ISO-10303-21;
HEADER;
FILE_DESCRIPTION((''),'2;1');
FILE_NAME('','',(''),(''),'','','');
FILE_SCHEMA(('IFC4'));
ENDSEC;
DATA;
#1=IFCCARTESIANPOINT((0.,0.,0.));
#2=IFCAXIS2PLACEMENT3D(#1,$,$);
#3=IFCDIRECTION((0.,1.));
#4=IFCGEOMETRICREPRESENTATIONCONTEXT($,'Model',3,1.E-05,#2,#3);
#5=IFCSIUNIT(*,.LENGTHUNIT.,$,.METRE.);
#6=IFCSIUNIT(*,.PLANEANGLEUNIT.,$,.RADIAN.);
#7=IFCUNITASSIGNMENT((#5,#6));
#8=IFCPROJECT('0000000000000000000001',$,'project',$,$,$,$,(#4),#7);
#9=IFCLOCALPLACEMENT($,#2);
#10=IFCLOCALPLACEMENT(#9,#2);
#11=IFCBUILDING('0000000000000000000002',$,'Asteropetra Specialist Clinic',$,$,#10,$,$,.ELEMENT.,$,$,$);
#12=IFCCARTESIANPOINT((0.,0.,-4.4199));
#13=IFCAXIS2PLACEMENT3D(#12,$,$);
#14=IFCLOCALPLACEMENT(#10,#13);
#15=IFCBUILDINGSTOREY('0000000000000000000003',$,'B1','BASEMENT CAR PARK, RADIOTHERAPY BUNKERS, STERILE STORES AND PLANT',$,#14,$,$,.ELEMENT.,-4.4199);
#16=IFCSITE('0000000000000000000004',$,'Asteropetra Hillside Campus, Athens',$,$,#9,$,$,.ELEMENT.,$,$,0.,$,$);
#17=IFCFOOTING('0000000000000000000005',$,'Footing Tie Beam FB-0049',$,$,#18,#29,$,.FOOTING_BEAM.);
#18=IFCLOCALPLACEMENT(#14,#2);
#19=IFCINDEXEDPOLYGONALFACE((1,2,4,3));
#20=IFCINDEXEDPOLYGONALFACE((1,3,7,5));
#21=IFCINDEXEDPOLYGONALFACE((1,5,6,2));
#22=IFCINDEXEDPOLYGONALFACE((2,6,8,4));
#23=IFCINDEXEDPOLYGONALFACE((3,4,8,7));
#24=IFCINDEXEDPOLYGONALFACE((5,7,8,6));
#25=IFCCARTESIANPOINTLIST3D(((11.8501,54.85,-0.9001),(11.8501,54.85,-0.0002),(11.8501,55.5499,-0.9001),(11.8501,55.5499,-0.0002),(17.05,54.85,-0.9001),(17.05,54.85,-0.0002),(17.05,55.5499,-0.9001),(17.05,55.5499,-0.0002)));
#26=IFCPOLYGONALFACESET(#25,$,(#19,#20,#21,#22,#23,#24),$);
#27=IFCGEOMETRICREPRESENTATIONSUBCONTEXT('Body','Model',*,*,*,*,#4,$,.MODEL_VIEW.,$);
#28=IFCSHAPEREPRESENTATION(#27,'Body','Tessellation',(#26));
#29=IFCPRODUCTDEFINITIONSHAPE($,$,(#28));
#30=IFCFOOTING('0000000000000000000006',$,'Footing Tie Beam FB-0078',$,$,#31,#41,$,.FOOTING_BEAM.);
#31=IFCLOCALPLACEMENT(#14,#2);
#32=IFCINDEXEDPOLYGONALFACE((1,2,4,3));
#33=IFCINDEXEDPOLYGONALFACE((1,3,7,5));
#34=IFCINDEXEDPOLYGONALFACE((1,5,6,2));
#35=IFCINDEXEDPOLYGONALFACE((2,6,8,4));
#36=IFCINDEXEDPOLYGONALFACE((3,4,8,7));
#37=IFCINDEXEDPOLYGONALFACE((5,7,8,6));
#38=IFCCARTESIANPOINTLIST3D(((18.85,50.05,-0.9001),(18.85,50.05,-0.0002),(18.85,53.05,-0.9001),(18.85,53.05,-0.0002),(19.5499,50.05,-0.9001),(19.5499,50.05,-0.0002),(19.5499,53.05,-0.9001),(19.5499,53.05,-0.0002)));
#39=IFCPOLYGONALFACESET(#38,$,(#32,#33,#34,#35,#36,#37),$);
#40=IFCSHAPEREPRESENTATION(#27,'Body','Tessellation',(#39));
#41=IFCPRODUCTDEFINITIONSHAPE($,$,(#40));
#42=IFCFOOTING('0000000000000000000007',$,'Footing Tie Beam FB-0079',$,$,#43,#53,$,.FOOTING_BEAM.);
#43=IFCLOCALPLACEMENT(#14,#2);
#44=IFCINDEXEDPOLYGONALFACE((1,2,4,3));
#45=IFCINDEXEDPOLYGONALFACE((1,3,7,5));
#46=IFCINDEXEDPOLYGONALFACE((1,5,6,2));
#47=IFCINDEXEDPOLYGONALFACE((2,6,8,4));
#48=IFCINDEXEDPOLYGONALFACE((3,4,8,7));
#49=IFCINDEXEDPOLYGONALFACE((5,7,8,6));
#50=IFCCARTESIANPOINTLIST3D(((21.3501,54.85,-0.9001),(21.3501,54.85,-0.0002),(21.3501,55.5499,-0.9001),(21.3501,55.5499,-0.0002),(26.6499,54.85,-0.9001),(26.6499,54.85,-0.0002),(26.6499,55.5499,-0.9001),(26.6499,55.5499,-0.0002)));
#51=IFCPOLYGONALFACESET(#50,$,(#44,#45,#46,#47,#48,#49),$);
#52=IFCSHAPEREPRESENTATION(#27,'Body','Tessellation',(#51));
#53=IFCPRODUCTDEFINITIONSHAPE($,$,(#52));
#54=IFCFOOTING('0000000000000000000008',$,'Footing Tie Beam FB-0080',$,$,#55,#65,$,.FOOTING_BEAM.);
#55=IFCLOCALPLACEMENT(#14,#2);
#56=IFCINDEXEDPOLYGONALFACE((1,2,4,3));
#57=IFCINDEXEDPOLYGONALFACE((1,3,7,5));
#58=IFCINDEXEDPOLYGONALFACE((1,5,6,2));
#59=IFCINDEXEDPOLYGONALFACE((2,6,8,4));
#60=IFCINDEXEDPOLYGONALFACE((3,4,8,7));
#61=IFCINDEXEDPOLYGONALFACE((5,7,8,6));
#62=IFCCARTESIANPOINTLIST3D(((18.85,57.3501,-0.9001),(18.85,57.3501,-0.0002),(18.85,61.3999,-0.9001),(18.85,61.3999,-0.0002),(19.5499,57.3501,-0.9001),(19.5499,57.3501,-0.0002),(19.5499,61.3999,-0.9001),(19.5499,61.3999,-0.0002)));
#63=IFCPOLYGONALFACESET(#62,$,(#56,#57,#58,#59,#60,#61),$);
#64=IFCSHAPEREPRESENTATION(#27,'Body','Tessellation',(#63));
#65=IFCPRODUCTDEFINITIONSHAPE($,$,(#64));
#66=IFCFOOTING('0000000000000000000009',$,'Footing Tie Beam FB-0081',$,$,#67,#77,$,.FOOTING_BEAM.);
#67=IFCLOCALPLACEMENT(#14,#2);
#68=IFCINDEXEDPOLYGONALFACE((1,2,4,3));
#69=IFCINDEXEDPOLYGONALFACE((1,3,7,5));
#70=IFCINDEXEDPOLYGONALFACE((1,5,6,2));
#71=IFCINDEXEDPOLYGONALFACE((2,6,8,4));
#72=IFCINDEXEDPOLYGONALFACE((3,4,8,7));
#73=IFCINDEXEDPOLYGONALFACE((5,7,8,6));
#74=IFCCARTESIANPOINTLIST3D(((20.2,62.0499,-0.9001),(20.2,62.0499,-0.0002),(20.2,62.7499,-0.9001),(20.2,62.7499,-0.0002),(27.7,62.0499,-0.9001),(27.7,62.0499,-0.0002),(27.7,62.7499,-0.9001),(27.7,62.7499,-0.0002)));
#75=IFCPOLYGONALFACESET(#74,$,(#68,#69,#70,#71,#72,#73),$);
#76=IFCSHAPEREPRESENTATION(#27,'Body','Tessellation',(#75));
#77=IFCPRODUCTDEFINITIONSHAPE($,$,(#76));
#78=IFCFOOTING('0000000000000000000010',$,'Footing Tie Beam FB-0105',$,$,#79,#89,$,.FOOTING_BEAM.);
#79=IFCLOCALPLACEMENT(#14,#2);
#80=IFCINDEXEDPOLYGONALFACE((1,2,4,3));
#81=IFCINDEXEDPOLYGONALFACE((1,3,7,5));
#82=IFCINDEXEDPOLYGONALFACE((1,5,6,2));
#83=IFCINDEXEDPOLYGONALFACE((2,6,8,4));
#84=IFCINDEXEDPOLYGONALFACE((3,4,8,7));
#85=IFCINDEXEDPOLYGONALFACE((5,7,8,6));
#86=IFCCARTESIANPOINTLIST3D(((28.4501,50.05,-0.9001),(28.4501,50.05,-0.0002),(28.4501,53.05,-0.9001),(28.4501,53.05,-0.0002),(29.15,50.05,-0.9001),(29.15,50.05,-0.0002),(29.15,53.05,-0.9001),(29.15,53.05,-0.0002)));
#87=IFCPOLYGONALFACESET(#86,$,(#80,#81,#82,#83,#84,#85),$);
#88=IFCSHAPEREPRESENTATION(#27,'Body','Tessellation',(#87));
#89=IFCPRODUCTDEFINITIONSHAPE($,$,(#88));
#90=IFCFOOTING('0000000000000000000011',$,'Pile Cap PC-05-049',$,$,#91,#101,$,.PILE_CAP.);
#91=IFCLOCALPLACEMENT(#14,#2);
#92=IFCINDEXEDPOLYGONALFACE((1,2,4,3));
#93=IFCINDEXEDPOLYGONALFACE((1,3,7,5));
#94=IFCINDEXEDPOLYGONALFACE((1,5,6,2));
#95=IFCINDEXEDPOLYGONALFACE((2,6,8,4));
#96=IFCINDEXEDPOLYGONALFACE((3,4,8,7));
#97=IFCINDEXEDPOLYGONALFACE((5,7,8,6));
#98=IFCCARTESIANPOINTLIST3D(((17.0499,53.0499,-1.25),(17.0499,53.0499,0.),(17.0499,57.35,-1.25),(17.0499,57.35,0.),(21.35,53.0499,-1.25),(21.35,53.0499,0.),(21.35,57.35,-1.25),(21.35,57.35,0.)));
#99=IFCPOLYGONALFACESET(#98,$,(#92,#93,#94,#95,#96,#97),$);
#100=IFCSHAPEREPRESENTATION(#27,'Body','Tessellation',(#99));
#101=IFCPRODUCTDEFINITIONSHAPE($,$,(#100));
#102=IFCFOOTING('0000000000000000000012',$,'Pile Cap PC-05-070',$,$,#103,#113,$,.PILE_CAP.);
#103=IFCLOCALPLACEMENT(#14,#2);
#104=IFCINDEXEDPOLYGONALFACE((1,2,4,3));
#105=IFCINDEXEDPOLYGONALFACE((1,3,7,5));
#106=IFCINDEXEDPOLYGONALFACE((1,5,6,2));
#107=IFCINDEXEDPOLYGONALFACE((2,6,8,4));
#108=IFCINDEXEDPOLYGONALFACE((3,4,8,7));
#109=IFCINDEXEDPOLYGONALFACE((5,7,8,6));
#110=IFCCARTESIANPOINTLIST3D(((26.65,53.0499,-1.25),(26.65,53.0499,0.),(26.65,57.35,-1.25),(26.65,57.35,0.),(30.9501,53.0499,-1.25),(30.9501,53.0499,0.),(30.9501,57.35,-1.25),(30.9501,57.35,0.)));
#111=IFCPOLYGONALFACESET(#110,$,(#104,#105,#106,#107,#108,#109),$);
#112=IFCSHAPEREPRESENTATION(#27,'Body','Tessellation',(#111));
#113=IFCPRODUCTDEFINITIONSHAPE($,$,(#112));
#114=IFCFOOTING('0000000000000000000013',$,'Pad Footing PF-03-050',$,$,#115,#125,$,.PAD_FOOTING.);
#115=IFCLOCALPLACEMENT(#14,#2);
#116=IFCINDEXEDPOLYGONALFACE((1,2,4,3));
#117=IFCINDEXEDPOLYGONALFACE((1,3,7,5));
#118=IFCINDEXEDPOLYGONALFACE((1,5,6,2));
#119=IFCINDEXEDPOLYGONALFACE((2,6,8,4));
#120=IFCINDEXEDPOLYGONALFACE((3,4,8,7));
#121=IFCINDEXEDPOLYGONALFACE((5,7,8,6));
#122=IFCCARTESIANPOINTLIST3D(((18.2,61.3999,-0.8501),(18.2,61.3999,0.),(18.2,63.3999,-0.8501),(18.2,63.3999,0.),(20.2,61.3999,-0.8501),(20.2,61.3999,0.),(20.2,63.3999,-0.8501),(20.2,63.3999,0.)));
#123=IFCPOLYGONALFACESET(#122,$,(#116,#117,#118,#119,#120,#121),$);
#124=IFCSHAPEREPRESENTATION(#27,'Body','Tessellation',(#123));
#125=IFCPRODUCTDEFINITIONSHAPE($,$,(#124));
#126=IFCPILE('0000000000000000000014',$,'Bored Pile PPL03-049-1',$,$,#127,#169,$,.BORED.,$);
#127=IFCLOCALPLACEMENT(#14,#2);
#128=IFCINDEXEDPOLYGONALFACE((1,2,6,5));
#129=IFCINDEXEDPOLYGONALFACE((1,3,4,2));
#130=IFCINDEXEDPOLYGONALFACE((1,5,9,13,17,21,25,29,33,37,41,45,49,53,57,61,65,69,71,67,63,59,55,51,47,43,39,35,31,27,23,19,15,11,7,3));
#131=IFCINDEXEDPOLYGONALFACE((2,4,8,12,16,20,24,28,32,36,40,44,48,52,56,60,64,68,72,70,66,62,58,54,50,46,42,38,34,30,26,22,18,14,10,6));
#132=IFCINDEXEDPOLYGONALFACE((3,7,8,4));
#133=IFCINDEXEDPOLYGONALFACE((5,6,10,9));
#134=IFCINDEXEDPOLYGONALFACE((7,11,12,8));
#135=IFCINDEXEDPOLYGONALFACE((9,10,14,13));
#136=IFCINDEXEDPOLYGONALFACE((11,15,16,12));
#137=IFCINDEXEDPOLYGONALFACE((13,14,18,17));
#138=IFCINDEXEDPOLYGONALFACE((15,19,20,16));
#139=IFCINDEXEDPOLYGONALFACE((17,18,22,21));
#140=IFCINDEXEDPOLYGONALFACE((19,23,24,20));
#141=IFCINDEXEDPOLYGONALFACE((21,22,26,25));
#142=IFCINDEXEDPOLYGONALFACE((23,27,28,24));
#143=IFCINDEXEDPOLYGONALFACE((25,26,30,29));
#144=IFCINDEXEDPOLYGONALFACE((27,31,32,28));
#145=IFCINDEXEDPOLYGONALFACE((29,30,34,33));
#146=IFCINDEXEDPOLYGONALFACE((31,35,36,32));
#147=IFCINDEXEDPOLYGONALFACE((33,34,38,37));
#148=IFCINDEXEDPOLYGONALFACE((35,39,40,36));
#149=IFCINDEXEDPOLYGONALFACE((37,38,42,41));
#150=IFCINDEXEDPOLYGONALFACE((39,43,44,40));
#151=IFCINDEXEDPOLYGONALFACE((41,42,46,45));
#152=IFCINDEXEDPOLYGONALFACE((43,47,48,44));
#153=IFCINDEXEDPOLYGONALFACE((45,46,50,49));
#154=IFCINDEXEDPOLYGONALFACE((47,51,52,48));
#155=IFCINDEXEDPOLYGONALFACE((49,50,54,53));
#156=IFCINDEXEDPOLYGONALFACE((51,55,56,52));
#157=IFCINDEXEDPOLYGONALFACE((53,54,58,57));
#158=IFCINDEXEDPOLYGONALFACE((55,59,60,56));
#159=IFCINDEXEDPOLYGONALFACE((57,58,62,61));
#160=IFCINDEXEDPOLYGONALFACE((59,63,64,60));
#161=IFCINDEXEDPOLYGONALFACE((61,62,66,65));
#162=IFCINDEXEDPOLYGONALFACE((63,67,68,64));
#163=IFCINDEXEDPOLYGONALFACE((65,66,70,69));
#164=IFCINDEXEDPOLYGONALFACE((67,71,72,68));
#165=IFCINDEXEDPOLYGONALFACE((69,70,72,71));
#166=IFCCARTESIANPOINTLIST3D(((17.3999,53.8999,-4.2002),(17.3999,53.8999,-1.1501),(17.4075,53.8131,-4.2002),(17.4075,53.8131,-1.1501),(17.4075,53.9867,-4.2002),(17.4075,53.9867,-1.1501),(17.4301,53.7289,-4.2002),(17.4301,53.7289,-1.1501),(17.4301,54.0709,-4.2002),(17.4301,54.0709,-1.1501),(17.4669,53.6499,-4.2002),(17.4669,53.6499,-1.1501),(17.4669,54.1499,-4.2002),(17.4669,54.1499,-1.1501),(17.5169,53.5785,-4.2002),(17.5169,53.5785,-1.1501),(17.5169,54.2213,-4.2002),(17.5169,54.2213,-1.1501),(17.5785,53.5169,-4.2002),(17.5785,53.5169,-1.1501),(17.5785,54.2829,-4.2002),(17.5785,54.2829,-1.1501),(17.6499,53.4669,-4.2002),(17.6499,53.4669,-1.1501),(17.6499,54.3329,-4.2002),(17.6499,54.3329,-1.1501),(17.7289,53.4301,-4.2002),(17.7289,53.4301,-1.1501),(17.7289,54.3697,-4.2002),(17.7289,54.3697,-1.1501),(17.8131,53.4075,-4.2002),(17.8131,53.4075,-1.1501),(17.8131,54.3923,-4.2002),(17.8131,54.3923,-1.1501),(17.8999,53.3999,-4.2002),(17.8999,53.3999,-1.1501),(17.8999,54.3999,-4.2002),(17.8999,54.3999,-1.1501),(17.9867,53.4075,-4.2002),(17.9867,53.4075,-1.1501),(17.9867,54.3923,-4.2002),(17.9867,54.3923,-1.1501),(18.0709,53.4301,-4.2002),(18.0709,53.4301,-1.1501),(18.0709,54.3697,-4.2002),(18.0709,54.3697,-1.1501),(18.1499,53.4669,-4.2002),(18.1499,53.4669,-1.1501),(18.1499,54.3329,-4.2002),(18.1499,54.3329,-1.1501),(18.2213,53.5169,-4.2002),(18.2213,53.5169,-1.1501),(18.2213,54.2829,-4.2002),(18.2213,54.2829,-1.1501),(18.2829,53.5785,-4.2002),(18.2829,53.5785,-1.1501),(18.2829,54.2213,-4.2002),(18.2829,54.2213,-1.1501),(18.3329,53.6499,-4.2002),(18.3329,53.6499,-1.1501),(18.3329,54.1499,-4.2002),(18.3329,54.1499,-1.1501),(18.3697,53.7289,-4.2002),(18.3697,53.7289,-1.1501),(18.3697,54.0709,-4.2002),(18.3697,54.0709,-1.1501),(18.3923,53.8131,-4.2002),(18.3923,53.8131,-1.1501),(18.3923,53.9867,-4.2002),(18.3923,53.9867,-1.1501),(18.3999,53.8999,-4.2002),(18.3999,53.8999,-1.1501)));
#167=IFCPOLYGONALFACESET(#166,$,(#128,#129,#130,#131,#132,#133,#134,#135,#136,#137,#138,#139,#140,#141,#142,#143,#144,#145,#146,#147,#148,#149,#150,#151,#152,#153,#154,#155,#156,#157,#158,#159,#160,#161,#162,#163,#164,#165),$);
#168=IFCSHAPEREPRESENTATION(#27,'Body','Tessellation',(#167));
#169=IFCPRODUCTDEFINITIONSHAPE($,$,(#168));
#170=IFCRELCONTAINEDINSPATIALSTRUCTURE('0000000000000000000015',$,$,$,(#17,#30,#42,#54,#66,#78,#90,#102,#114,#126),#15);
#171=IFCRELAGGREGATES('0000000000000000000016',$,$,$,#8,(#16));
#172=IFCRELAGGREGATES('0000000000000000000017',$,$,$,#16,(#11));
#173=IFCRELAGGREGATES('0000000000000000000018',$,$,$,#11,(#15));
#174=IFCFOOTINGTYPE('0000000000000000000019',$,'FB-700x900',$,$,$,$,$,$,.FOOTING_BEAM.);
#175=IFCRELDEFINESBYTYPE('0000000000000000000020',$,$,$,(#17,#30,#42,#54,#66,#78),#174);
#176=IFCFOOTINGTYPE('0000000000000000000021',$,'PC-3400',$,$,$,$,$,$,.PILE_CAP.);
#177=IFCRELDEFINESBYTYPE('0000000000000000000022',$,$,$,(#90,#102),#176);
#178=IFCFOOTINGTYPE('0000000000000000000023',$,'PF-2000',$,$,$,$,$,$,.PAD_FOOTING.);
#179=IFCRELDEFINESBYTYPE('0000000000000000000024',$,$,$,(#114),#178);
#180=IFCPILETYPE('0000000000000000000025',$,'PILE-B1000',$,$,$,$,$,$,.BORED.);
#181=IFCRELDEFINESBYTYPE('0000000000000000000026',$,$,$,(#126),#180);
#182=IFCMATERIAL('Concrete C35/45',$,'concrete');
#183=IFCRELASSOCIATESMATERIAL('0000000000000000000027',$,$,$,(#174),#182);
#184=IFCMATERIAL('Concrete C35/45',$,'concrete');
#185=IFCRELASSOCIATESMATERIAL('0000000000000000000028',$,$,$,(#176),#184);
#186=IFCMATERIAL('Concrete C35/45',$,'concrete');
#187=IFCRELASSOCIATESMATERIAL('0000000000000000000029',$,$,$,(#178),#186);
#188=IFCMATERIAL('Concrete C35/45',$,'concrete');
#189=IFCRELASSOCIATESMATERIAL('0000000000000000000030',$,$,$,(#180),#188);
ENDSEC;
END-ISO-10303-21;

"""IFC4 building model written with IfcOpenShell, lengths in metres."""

from ifc_helpers import new_model, si_unit, direction, frame, origin, origin_2d, place, context, subcontext, project, spatial, rectangle, circle, extrude, material, material_profile, profile_set, type_object, element, save


model = new_model("IFC4")

# Units and contexts
model_context = context("Model", 3, precision=1e-05, world=origin(), true_north=direction((0.0, 1.0)))
body_context = subcontext(model_context, "Body", "Model", "MODEL_VIEW")
ifc_project = project(units=[si_unit("LENGTHUNIT", "METRE"), si_unit("PLANEANGLEUNIT", "RADIAN")], contexts=[model_context])

# Site, building, storey
site_placement = place(None, origin())
site = spatial("IfcSite", under=ifc_project, at=site_placement, Name="Asteropetra Hillside Campus, Athens", CompositionType="ELEMENT", RefElevation=0.0)
building_placement = place(site_placement, origin())
building = spatial("IfcBuilding", under=site, at=building_placement, Name="Asteropetra Specialist Clinic", CompositionType="ELEMENT")
storey_placement = place(building_placement, frame((0.0, 0.0, -4.4199)))
storey = spatial("IfcBuildingStorey", under=building, at=storey_placement, Name="B1", Description="BASEMENT CAR PARK, RADIOTHERAPY BUNKERS, STERILE STORES AND PLANT", CompositionType="ELEMENT", Elevation=-4.4199)

# Footings
ifc_material_1 = material(Name="Concrete C35/45", Category="concrete")
ifc_material_profile_1 = material_profile(ifc_material_1, rectangle(XDim=0.7, YDim=0.8999, at=origin_2d()), Name="FB 700x900")
ifc_profile_set_1 = profile_set([ifc_material_profile_1], Name="Concrete C35/45")
footing_type_1 = type_object("IfcFootingType", Name="FB-700x900", PredefinedType="FOOTING_BEAM", material=ifc_profile_set_1)
footing_1_placement = place(storey_placement, frame((11.8501, 55.2, -0.4502), z_axis=(1.0, 0.0, 0.0), x_axis=(0.0, 1.0, 0.0)))
element("IfcFooting", 1, at=footing_1_placement, inside=storey, type_object=footing_type_1, Name="Footing Tie Beam FB-0049", PredefinedType="FOOTING_BEAM", context=body_context, shape_type="SweptSolid", body=[
    extrude(rectangle(XDim=0.7, YDim=0.8999, at=origin_2d()), origin(), (0.0, 0.0, 1.0), 5.2),
])
footing_2_placement = place(storey_placement, frame((19.2, 50.05, -0.4502), z_axis=(0.0, 1.0, 0.0), x_axis=(-1.0, 0.0, 0.0)))
element("IfcFooting", 2, at=footing_2_placement, inside=storey, type_object=footing_type_1, Name="Footing Tie Beam FB-0078", PredefinedType="FOOTING_BEAM", context=body_context, shape_type="SweptSolid", body=[
    extrude(rectangle(XDim=0.7, YDim=0.8999, at=origin_2d()), origin(), (0.0, 0.0, 1.0), 3.0),
])
footing_3_placement = place(storey_placement, frame((21.3501, 55.2, -0.4502), z_axis=(1.0, 0.0, 0.0), x_axis=(0.0, 1.0, 0.0)))
element("IfcFooting", 3, at=footing_3_placement, inside=storey, type_object=footing_type_1, Name="Footing Tie Beam FB-0079", PredefinedType="FOOTING_BEAM", context=body_context, shape_type="SweptSolid", body=[
    extrude(rectangle(XDim=0.7, YDim=0.8999, at=origin_2d()), origin(), (0.0, 0.0, 1.0), 5.2998),
])
footing_4_placement = place(storey_placement, frame((19.2, 57.3501, -0.4502), z_axis=(0.0, 1.0, 0.0), x_axis=(-1.0, 0.0, 0.0)))
element("IfcFooting", 4, at=footing_4_placement, inside=storey, type_object=footing_type_1, Name="Footing Tie Beam FB-0080", PredefinedType="FOOTING_BEAM", context=body_context, shape_type="SweptSolid", body=[
    extrude(rectangle(XDim=0.7, YDim=0.8999, at=origin_2d()), origin(), (0.0, 0.0, 1.0), 4.0498),
])
footing_5_placement = place(storey_placement, frame((20.2, 62.3999, -0.4502), z_axis=(1.0, 0.0, 0.0), x_axis=(0.0, 1.0, 0.0)))
element("IfcFooting", 5, at=footing_5_placement, inside=storey, type_object=footing_type_1, Name="Footing Tie Beam FB-0081", PredefinedType="FOOTING_BEAM", context=body_context, shape_type="SweptSolid", body=[
    extrude(rectangle(XDim=0.7, YDim=0.8999, at=origin_2d()), origin(), (0.0, 0.0, 1.0), 7.5),
])
footing_6_placement = place(storey_placement, frame((28.8, 50.05, -0.4502), z_axis=(0.0, 1.0, 0.0), x_axis=(-1.0, 0.0, 0.0)))
element("IfcFooting", 6, at=footing_6_placement, inside=storey, type_object=footing_type_1, Name="Footing Tie Beam FB-0105", PredefinedType="FOOTING_BEAM", context=body_context, shape_type="SweptSolid", body=[
    extrude(rectangle(XDim=0.7, YDim=0.8999, at=origin_2d()), origin(), (0.0, 0.0, 1.0), 3.0),
])
ifc_material_2 = material(Name="Concrete C35/45", Category="concrete")
footing_type_2 = type_object("IfcFootingType", Name="PC-3400", PredefinedType="PILE_CAP", material=ifc_material_2)
for number, where, z_axis, x_axis, name in (
    (7, (19.2, 55.2, -1.25), (0.0, 0.0, 1.0), (1.0, 0.0, 0.0), "Pile Cap PC-05-049"),
    (8, (28.8, 55.2, -1.25), (0.0, 0.0, 1.0), (1.0, 0.0, 0.0), "Pile Cap PC-05-070"),
):
    element("IfcFooting", number, at=place(storey_placement, frame(where, z_axis=z_axis, x_axis=x_axis)), inside=storey, type_object=footing_type_2, Name=name, PredefinedType="PILE_CAP", context=body_context, shape_type="SweptSolid", body=[
        extrude(rectangle(XDim=4.3, YDim=4.3, at=origin_2d()), origin(), (0.0, 0.0, 1.0), 1.25),
    ])
ifc_material_3 = material(Name="Concrete C35/45", Category="concrete")
footing_type_3 = type_object("IfcFootingType", Name="PF-2000", PredefinedType="PAD_FOOTING", material=ifc_material_3)
footing_7_placement = place(storey_placement, frame((19.2, 62.3999, -0.8501), z_axis=(0.0, 0.0, 1.0), x_axis=(1.0, 0.0, 0.0)))
element("IfcFooting", 9, at=footing_7_placement, inside=storey, type_object=footing_type_3, Name="Pad Footing PF-03-050", PredefinedType="PAD_FOOTING", context=body_context, shape_type="SweptSolid", body=[
    extrude(rectangle(XDim=2.0, YDim=2.0, at=origin_2d()), origin(), (0.0, 0.0, 1.0), 0.8501),
])

# Pile
ifc_material_4 = material(Name="Concrete C35/45", Category="concrete")
ifc_material_profile_2 = material_profile(ifc_material_4, circle(Radius=0.5, at=origin_2d()), Name="PILE D1000")
ifc_profile_set_2 = profile_set([ifc_material_profile_2], Name="Concrete C35/45")
pile_type_1 = type_object("IfcPileType", Name="PILE-B1000", PredefinedType="BORED", material=ifc_profile_set_2)
for number, where, z_axis, x_axis, name in (
    (10, (17.8999, 53.8999, -1.1501), (0.0, 0.0, -1.0), (1.0, 0.0, 0.0), "Bored Pile PPL03-049-1"),
):
    element("IfcPile", number, at=place(storey_placement, frame(where, z_axis=z_axis, x_axis=x_axis)), inside=storey, type_object=pile_type_1, Name=name, PredefinedType="BORED", context=body_context, shape_type="SweptSolid", body=[
        extrude(circle(Radius=0.5, at=origin_2d()), origin(), (0.0, 0.0, 1.0), 3.05),
    ])

save(model, "model.ifc")
